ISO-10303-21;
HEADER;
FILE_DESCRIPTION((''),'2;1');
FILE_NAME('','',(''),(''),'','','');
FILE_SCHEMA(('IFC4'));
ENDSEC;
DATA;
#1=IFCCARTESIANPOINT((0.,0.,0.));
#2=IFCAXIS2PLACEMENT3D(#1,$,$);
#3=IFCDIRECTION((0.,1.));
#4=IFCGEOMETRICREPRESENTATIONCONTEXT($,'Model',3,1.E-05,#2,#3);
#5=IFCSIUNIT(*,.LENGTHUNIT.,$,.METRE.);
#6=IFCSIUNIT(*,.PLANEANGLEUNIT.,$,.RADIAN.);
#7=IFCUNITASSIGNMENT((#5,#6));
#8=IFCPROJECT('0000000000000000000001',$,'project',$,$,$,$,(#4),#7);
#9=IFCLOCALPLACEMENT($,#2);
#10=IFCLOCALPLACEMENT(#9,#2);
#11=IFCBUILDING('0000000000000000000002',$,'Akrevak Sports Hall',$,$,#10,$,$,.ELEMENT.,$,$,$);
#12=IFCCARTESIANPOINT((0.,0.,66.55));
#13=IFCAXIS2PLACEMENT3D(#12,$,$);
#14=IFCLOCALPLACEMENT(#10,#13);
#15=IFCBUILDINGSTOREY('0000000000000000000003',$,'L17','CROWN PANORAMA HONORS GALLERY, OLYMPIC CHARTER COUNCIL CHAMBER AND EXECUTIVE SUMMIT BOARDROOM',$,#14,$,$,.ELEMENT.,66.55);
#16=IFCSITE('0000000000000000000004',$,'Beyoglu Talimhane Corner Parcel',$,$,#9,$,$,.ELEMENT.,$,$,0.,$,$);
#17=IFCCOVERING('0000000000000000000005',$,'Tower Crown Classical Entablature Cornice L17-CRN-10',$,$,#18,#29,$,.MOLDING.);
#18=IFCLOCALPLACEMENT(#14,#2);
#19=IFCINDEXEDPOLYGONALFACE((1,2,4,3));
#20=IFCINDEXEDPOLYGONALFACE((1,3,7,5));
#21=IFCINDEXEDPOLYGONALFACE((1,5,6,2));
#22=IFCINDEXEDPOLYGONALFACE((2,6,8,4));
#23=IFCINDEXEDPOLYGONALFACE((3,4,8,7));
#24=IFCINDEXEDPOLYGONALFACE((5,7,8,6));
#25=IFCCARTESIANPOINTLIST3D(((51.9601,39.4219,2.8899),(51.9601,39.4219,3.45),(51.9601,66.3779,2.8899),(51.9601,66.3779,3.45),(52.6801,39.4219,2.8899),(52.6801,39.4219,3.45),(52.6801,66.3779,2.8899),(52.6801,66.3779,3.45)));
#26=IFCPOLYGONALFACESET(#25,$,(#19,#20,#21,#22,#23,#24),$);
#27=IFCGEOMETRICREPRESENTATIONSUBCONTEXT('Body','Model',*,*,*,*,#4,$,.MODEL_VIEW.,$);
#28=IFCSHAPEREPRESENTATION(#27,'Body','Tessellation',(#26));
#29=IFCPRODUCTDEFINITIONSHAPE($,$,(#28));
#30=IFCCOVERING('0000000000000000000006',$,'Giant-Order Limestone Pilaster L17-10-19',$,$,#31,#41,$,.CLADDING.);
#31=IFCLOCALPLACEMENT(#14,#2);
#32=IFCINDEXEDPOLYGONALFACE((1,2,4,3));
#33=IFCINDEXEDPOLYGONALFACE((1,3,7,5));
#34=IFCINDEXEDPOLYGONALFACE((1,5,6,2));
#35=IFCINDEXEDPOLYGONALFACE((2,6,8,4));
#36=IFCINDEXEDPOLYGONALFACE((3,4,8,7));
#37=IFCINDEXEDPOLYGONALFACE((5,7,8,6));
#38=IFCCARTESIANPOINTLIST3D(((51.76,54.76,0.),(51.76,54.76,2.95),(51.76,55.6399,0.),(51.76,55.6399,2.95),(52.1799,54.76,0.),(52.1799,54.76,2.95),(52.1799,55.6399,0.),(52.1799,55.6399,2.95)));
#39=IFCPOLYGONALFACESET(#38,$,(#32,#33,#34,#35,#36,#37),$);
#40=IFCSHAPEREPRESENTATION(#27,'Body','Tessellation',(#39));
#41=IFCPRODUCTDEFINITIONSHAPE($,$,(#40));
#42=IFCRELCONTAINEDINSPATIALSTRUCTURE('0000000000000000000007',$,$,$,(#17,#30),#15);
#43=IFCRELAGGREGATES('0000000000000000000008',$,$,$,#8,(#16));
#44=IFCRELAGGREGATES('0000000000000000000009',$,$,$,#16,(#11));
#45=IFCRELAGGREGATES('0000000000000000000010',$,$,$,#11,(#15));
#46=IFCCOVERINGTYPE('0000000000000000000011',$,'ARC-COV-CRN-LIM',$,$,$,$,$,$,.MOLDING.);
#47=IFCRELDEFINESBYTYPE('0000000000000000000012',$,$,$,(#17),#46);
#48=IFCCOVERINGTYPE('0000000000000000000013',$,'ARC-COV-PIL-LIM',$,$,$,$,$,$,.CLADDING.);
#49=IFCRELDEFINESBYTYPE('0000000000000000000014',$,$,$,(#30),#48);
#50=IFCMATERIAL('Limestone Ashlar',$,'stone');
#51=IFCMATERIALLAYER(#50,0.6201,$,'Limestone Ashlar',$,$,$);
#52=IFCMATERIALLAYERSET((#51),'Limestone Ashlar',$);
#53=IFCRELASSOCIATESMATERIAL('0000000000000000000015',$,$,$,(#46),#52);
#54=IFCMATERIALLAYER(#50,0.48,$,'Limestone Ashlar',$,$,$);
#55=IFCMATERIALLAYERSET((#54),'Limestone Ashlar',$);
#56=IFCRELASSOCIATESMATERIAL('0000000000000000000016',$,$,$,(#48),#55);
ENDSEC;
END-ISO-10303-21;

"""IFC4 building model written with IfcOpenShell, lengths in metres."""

from ifc_helpers import new_model, si_unit, direction, frame, origin, origin_2d, place, context, subcontext, project, spatial, rectangle, extrude, material, layer, layer_set, type_object, element, save


model = new_model("IFC4")

# Units and contexts
model_context = context("Model", 3, precision=1e-05, world=origin(), true_north=direction((0.0, 1.0)))
body_context = subcontext(model_context, "Body", "Model", "MODEL_VIEW")
ifc_project = project(units=[si_unit("LENGTHUNIT", "METRE"), si_unit("PLANEANGLEUNIT", "RADIAN")], contexts=[model_context])

# Site, building, storey
site_placement = place(None, origin())
site = spatial("IfcSite", under=ifc_project, at=site_placement, Name="Beyoglu Talimhane Corner Parcel", CompositionType="ELEMENT", RefElevation=0.0)
building_placement = place(site_placement, origin())
building = spatial("IfcBuilding", under=site, at=building_placement, Name="Akrevak Sports Hall", CompositionType="ELEMENT")
storey_placement = place(building_placement, frame((0.0, 0.0, 66.55)))
storey = spatial("IfcBuildingStorey", under=building, at=storey_placement, Name="L17", Description="CROWN PANORAMA HONORS GALLERY, OLYMPIC CHARTER COUNCIL CHAMBER AND EXECUTIVE SUMMIT BOARDROOM", CompositionType="ELEMENT", Elevation=66.55)

# Shared definitions
ifc_material_1 = material(Name="Limestone Ashlar", Category="stone")

# Coverings
ifc_layer_1 = layer(ifc_material_1, 0.6201, Name="Limestone Ashlar")
ifc_layer_set_1 = layer_set([ifc_layer_1], Name="Limestone Ashlar")
covering_type_1 = type_object("IfcCoveringType", Name="ARC-COV-CRN-LIM", PredefinedType="MOLDING", material=ifc_layer_set_1)
covering_1_placement = place(storey_placement, frame((52.3201, 52.8999, 2.8899), z_axis=(0.0, 0.0, 1.0), x_axis=(0.0, -1.0, 0.0)))
element("IfcCovering", 1, at=covering_1_placement, inside=storey, type_object=covering_type_1, Name="Tower Crown Classical Entablature Cornice L17-CRN-10", PredefinedType="MOLDING", context=body_context, shape_type="SweptSolid", body=[
    extrude(rectangle(XDim=26.9561, YDim=0.72, at=origin_2d()), origin(), (0.0, 0.0, 1.0), 0.5601),
])
ifc_layer_2 = layer(ifc_material_1, 0.48, Name="Limestone Ashlar")
ifc_layer_set_2 = layer_set([ifc_layer_2], Name="Limestone Ashlar")
covering_type_2 = type_object("IfcCoveringType", Name="ARC-COV-PIL-LIM", PredefinedType="CLADDING", material=ifc_layer_set_2)
covering_2_placement = place(storey_placement, frame((51.97, 55.2, 0.0), z_axis=(0.0, 0.0, 1.0), x_axis=(0.0, -1.0, 0.0)))
element("IfcCovering", 2, at=covering_2_placement, inside=storey, type_object=covering_type_2, Name="Giant-Order Limestone Pilaster L17-10-19", PredefinedType="CLADDING", context=body_context, shape_type="SweptSolid", body=[
    extrude(rectangle(XDim=0.8799, YDim=0.4199, at=origin_2d()), origin(), (0.0, 0.0, 1.0), 2.95),
])

save(model, "model.ifc")
